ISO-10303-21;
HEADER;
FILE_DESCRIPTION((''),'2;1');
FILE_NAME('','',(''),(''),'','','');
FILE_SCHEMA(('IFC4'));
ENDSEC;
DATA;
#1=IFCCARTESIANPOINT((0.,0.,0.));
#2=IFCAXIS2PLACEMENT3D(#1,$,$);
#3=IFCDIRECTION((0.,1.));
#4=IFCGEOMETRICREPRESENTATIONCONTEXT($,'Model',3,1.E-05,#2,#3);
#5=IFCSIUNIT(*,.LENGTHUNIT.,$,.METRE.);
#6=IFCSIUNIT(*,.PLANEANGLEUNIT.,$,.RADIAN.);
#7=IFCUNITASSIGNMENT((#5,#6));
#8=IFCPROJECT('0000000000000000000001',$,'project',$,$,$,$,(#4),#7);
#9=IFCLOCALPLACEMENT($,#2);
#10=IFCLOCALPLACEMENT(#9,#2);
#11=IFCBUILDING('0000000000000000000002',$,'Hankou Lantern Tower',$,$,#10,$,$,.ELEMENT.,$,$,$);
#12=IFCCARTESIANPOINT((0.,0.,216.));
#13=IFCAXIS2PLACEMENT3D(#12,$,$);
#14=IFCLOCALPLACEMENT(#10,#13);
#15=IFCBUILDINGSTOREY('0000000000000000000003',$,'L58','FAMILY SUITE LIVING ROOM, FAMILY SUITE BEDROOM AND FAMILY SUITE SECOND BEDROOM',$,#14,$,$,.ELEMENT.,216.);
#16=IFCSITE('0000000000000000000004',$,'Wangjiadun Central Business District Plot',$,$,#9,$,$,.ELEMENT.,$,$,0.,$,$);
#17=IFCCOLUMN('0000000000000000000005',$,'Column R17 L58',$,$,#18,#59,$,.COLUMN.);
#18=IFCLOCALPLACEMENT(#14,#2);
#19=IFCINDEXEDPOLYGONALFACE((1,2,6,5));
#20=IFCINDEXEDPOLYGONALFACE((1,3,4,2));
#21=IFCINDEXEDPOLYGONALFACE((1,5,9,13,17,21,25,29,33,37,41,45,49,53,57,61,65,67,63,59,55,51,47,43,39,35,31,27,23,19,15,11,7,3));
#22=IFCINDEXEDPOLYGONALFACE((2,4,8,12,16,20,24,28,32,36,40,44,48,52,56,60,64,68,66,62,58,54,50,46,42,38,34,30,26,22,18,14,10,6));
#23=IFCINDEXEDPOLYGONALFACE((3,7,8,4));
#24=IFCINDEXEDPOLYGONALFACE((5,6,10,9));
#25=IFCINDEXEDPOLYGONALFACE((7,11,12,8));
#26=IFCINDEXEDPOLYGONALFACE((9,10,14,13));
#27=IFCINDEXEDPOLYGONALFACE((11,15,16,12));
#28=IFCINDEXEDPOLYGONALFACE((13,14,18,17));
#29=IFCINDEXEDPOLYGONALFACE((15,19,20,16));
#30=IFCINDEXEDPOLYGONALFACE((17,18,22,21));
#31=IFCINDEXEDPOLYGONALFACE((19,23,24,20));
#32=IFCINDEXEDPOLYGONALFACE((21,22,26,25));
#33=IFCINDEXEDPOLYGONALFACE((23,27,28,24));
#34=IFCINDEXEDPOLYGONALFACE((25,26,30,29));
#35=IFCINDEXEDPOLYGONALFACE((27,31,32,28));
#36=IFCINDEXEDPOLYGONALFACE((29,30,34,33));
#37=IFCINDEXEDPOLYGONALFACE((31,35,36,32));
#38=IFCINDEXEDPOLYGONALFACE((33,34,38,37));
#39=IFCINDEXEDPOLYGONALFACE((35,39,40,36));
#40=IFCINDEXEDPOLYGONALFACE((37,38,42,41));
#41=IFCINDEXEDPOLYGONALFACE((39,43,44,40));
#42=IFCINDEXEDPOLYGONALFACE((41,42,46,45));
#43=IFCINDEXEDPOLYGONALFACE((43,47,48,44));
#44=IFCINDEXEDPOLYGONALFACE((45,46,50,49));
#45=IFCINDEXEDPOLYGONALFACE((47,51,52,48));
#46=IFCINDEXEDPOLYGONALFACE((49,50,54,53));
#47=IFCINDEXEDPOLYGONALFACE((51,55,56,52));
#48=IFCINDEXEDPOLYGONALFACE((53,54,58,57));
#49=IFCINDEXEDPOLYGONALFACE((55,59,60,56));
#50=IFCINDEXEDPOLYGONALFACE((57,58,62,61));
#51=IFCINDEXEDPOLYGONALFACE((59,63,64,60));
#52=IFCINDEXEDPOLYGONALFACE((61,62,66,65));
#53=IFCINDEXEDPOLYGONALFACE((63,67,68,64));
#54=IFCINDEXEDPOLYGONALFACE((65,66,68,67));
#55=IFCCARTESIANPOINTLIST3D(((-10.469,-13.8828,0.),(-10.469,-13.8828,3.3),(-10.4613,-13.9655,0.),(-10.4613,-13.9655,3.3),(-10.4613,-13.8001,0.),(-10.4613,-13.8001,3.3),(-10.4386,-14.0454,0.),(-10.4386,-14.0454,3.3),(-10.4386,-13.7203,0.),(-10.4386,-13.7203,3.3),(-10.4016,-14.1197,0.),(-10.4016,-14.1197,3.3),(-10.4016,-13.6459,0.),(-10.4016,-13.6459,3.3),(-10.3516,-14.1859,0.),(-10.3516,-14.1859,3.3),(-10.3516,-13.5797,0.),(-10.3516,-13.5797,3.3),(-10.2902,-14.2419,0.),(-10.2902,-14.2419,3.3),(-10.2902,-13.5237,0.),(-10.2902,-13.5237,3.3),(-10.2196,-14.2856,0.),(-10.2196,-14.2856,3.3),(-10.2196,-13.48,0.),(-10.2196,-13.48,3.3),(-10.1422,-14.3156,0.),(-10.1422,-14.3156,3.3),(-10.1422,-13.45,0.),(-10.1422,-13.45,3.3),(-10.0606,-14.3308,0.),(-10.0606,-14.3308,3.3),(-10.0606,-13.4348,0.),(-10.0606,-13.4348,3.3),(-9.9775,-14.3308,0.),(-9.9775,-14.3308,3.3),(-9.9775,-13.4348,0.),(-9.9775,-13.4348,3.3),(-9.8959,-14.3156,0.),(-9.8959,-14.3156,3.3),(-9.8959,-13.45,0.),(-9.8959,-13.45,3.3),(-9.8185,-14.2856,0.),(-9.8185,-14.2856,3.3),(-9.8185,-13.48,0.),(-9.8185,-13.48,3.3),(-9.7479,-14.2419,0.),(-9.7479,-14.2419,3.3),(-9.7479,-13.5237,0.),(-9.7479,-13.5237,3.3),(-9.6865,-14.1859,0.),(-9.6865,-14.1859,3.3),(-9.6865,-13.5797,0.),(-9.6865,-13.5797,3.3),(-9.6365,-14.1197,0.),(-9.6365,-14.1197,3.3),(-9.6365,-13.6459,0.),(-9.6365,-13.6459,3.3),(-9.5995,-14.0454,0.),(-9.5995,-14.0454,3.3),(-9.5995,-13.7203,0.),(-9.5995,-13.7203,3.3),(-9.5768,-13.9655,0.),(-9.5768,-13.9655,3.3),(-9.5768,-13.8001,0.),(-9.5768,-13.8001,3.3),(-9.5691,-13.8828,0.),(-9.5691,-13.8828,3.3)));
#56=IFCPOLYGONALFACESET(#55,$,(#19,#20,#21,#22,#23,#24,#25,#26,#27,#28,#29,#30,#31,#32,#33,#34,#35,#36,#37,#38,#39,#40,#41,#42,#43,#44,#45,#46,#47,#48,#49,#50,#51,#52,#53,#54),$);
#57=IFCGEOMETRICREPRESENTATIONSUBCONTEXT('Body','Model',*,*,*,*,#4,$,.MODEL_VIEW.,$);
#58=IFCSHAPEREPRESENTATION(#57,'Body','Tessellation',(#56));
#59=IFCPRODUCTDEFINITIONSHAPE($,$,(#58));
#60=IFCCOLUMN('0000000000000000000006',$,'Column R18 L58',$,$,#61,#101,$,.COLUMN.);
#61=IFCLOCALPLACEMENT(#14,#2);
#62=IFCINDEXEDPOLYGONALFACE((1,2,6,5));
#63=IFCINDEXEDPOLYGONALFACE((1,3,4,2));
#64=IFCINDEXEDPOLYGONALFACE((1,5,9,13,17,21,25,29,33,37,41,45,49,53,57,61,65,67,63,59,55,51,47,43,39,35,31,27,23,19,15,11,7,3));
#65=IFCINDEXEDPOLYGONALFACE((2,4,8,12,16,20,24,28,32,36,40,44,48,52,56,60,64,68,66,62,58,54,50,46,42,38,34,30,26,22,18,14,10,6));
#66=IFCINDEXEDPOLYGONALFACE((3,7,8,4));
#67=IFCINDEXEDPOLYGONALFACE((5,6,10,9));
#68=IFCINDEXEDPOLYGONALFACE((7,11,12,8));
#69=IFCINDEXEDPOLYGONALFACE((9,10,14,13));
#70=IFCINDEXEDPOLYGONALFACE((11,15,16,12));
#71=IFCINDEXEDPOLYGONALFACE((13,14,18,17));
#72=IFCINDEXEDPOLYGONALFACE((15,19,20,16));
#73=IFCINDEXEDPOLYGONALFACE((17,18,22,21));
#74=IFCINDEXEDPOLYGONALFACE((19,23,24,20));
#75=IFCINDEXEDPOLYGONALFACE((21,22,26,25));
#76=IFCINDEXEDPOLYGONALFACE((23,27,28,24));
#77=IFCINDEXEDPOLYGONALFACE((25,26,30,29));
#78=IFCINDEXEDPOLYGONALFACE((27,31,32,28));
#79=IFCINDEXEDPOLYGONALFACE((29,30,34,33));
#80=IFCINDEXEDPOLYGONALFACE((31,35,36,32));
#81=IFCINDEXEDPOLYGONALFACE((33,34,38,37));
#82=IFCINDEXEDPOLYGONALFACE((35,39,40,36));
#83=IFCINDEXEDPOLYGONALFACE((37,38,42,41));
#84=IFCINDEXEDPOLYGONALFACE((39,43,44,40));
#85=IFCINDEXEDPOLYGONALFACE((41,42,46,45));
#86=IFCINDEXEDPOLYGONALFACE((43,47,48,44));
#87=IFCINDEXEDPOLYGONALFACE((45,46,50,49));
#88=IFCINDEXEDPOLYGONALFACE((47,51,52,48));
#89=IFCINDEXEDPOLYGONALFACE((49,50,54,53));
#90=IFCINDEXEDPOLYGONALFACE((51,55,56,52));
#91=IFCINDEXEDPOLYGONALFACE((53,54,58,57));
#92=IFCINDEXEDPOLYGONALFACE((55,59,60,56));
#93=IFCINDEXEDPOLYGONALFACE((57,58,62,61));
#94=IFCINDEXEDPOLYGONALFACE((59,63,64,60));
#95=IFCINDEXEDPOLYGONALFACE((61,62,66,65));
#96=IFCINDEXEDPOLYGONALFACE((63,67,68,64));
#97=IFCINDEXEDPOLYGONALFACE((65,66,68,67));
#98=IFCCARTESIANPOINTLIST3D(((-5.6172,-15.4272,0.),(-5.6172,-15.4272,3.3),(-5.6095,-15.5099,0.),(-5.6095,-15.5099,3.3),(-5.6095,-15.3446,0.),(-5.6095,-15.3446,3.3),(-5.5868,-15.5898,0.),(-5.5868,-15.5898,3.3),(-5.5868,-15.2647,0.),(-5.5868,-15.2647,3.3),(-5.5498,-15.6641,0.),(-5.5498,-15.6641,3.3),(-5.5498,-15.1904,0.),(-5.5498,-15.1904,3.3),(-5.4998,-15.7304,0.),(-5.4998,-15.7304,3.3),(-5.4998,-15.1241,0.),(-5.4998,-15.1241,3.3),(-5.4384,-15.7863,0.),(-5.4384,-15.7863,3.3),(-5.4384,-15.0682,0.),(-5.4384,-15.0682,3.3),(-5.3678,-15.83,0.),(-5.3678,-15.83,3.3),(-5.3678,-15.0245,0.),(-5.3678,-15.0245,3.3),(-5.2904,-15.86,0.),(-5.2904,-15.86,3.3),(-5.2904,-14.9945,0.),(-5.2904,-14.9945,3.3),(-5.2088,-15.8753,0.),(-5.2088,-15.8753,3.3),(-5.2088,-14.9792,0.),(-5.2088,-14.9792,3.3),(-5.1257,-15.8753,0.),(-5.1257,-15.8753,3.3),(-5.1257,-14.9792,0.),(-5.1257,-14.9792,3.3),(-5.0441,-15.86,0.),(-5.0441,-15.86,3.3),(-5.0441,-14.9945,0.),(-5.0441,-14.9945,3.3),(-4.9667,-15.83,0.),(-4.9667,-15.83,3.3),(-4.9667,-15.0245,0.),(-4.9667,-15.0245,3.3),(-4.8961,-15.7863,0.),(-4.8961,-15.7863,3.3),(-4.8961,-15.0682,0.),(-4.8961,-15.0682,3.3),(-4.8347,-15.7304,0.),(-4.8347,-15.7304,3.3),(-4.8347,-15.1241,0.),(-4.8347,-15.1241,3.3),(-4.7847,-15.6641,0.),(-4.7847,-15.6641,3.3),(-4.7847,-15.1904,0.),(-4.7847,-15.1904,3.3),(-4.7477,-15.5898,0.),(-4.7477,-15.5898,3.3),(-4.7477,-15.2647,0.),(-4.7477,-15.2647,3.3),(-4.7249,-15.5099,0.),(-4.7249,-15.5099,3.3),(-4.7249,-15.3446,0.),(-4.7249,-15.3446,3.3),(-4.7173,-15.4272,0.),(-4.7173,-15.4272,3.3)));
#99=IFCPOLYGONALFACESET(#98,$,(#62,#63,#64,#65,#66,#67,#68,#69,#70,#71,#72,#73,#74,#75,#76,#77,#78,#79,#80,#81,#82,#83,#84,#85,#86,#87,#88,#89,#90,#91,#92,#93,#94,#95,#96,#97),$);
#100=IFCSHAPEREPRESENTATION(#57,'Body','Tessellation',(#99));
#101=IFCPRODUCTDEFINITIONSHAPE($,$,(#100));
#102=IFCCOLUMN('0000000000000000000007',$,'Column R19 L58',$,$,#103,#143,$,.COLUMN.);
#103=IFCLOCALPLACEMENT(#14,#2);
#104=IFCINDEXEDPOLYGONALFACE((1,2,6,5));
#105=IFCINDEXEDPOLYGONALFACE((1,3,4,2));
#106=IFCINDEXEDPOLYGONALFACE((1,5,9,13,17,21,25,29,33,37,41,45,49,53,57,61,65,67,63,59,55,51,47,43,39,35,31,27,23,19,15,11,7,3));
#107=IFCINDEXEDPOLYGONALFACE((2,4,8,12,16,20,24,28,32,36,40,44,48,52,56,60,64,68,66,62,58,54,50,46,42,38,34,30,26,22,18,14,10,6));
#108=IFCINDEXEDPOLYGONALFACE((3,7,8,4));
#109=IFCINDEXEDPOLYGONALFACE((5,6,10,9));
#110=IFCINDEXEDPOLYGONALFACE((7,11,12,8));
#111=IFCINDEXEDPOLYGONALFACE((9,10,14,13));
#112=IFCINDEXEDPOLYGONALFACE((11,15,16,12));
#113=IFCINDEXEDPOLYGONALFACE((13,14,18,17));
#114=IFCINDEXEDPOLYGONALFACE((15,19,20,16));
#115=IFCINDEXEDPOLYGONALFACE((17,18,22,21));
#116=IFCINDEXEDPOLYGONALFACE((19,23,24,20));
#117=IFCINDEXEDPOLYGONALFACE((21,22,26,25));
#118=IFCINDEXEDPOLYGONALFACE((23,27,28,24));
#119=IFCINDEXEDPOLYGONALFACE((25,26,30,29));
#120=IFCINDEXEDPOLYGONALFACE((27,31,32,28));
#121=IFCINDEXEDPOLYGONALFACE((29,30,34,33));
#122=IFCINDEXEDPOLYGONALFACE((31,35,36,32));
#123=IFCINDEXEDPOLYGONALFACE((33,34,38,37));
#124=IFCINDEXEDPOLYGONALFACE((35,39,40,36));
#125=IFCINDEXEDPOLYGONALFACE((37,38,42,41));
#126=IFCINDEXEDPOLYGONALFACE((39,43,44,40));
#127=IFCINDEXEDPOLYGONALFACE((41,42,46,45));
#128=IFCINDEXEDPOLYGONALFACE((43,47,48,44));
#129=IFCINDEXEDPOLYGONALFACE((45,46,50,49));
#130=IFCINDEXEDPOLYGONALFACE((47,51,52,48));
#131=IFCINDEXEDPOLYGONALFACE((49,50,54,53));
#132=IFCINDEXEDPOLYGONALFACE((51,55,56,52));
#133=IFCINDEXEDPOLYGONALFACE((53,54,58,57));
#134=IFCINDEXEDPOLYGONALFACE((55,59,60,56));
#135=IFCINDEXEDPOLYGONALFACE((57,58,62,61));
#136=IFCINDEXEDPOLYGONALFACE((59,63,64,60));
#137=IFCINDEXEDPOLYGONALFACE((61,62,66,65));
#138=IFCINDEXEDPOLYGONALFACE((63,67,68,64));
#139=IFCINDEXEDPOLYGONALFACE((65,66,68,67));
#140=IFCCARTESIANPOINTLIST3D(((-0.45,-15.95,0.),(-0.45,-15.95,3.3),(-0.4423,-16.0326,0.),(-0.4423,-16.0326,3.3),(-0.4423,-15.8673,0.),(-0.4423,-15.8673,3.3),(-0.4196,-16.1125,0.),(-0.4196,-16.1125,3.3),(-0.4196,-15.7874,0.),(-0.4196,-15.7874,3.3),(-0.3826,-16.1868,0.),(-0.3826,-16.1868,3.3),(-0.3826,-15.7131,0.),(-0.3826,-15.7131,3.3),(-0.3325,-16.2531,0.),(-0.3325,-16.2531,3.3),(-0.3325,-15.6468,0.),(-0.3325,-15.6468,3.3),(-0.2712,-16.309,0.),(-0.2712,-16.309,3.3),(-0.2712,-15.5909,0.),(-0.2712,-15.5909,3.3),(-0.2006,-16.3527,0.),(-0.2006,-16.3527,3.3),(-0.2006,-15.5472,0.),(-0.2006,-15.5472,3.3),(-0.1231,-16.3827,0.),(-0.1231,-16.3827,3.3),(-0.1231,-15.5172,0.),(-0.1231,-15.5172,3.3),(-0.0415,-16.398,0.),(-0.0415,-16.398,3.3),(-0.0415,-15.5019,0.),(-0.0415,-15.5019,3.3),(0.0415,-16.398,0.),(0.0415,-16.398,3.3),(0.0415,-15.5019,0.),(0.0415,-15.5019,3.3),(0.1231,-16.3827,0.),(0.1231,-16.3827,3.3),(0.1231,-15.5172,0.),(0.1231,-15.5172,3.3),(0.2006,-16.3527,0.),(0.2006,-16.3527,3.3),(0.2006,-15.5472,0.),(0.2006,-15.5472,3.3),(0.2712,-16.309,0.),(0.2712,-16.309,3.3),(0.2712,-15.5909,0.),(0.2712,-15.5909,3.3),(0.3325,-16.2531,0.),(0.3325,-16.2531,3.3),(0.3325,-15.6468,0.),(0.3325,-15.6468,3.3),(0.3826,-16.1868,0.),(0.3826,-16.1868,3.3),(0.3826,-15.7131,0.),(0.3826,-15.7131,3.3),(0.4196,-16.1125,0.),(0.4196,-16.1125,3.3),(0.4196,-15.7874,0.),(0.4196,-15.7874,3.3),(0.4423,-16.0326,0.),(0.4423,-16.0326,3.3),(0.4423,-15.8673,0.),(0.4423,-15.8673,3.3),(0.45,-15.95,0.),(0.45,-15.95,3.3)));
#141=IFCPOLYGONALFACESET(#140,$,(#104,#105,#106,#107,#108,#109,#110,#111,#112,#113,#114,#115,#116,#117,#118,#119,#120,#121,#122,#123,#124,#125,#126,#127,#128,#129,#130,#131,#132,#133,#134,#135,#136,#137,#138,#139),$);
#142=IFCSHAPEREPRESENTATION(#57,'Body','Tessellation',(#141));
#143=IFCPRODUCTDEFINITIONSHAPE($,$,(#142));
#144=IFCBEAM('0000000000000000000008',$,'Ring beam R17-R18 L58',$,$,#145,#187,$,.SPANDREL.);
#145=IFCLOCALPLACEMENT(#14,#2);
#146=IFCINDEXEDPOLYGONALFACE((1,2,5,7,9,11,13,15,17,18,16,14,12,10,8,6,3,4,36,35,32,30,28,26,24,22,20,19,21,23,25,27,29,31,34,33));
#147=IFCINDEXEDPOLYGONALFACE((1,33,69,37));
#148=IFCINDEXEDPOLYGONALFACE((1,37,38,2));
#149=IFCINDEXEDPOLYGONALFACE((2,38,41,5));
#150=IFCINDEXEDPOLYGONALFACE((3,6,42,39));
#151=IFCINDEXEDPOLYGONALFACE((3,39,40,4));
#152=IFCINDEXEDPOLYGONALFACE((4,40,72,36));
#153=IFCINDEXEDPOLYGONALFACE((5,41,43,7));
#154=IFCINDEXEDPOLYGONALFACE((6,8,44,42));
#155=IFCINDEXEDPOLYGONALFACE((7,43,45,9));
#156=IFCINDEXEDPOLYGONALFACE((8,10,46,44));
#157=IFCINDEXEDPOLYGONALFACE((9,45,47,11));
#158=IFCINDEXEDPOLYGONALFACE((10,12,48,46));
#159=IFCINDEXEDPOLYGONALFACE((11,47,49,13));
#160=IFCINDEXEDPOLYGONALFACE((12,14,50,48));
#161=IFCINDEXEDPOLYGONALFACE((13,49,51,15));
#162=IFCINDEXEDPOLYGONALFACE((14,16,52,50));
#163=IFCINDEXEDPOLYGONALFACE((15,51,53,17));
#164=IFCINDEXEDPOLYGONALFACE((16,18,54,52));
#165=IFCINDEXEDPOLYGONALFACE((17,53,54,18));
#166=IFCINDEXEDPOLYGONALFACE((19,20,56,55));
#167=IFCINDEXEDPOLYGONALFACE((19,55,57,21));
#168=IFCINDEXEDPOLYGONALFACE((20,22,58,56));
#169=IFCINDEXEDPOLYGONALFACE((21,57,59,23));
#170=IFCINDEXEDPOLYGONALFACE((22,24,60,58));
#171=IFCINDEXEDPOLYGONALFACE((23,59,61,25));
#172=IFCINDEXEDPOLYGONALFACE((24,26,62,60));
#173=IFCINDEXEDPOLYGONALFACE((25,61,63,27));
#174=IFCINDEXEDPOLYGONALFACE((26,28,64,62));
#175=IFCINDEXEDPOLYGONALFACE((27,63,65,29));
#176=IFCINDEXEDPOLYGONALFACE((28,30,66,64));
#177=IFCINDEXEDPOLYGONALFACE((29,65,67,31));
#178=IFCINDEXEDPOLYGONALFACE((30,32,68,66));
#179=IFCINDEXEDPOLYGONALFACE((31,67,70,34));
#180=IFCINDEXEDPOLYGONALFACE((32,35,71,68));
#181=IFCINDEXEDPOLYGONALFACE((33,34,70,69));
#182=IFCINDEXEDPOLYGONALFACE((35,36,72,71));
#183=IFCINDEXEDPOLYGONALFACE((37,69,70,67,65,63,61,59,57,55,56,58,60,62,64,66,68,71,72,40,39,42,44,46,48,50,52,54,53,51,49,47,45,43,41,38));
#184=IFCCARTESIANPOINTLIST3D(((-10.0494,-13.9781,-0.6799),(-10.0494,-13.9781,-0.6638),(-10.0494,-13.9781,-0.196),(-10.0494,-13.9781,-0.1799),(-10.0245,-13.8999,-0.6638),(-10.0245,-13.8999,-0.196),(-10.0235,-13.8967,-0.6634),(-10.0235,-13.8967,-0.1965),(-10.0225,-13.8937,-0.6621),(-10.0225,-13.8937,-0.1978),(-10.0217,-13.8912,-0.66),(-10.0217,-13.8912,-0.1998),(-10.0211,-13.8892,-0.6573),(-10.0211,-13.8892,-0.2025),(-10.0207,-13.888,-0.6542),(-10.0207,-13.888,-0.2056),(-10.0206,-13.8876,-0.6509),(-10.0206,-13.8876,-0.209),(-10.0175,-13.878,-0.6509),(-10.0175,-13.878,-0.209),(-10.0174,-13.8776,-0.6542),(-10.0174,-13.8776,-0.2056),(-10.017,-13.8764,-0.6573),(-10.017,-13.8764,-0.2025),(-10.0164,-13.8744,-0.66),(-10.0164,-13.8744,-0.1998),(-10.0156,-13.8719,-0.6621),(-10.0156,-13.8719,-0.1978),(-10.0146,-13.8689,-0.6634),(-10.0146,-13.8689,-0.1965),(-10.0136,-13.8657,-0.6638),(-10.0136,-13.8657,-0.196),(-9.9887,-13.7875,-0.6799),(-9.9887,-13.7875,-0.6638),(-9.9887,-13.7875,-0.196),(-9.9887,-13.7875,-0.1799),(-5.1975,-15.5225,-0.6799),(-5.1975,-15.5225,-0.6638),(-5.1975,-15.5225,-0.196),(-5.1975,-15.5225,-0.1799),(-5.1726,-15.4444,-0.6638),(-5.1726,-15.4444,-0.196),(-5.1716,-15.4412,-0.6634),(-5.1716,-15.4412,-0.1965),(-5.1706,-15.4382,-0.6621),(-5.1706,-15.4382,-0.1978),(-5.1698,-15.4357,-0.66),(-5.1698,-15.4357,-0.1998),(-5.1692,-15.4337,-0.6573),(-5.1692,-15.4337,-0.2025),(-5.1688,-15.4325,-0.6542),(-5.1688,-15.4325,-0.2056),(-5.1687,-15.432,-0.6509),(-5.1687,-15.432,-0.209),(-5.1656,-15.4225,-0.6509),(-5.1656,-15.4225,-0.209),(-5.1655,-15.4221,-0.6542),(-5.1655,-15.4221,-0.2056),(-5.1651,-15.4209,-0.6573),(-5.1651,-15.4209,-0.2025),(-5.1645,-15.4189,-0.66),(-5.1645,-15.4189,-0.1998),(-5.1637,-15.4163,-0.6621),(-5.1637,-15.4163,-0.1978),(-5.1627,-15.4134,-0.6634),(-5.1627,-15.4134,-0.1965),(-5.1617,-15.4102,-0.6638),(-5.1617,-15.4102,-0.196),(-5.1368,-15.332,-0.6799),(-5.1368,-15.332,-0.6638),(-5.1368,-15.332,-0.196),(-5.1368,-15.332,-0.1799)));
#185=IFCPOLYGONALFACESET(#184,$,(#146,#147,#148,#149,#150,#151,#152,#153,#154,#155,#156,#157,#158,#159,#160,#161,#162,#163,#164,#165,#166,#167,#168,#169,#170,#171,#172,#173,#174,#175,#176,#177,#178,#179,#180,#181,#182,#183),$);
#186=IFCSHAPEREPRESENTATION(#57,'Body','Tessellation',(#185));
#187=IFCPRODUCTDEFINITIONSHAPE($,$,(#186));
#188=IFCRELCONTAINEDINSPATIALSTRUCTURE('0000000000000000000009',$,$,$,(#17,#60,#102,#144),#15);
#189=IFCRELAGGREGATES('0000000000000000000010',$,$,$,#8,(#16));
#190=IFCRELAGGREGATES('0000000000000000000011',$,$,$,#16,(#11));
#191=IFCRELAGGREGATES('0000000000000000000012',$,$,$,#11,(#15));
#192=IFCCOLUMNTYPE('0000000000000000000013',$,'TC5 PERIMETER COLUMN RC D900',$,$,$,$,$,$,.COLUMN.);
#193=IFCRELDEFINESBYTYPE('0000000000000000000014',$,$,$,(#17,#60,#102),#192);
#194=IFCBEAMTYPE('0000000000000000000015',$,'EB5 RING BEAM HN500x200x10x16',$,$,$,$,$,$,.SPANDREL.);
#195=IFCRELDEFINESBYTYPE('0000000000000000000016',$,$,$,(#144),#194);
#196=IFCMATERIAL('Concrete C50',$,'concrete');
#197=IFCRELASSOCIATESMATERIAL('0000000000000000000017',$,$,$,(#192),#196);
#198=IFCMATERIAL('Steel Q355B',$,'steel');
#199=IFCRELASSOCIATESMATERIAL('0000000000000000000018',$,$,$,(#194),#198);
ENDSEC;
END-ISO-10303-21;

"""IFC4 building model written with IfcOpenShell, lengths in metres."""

from ifc_helpers import new_model, si_unit, direction, frame, origin, origin_2d, place, context, subcontext, project, spatial, circle, i_section, extrude, material, material_profile, profile_set, type_object, element, save


model = new_model("IFC4")

# Units and contexts
model_context = context("Model", 3, precision=1e-05, world=origin(), true_north=direction((0.0, 1.0)))
body_context = subcontext(model_context, "Body", "Model", "MODEL_VIEW")
ifc_project = project(units=[si_unit("LENGTHUNIT", "METRE"), si_unit("PLANEANGLEUNIT", "RADIAN")], contexts=[model_context])

# Site, building, storey
site_placement = place(None, origin())
site = spatial("IfcSite", under=ifc_project, at=site_placement, Name="Wangjiadun Central Business District Plot", CompositionType="ELEMENT", RefElevation=0.0)
building_placement = place(site_placement, origin())
building = spatial("IfcBuilding", under=site, at=building_placement, Name="Hankou Lantern Tower", CompositionType="ELEMENT")
storey_placement = place(building_placement, frame((0.0, 0.0, 216.0)))
storey = spatial("IfcBuildingStorey", under=building, at=storey_placement, Name="L58", Description="FAMILY SUITE LIVING ROOM, FAMILY SUITE BEDROOM AND FAMILY SUITE SECOND BEDROOM", CompositionType="ELEMENT", Elevation=216.0)

# Columns
ifc_material_1 = material(Name="Concrete C50", Category="concrete")
ifc_material_profile_1 = material_profile(ifc_material_1, circle(Radius=0.45, at=origin_2d()), Name="RC D900")
ifc_profile_set_1 = profile_set([ifc_material_profile_1], Name="Concrete C50")
column_type = type_object("IfcColumnType", Name="TC5 PERIMETER COLUMN RC D900", PredefinedType="COLUMN", material=ifc_profile_set_1)
for number, where, z_axis, x_axis, name in (
    (1, (-10.019, -13.8828, 0.0), (0.0, 0.0, 1.0), (1.0, 0.0, 0.0), "Column R17 L58"),
    (2, (-5.1672, -15.4272, 0.0), (0.0, 0.0, 1.0), (1.0, 0.0, 0.0), "Column R18 L58"),
    (3, (0.0, -15.95, 0.0), (0.0, 0.0, 1.0), (1.0, 0.0, 0.0), "Column R19 L58"),
):
    element("IfcColumn", number, at=place(storey_placement, frame(where, z_axis=z_axis, x_axis=x_axis)), inside=storey, type_object=column_type, Name=name, PredefinedType="COLUMN", context=body_context, shape_type="SweptSolid", body=[
        extrude(circle(Radius=0.45, at=origin_2d()), origin(), (0.0, 0.0, 1.0), 3.3),
    ])

# Beam
ifc_material_2 = material(Name="Steel Q355B", Category="steel")
ifc_material_profile_2 = material_profile(ifc_material_2, i_section(OverallWidth=0.2, OverallDepth=0.5, WebThickness=0.01, FlangeThickness=0.0161, FilletRadius=0.0129, at=origin_2d()), Name="HN500x200x10x16")
ifc_profile_set_2 = profile_set([ifc_material_profile_2], Name="Steel Q355B")
beam_type_1 = type_object("IfcBeamType", Name="EB5 RING BEAM HN500x200x10x16", PredefinedType="SPANDREL", material=ifc_profile_set_2)
beam_1_placement = place(storey_placement, frame((-10.019, -13.8828, -0.4299), z_axis=(0.952887, -0.303324, 0.0), x_axis=(0.303324, 0.952887, 0.0)))
element("IfcBeam", 4, at=beam_1_placement, inside=storey, type_object=beam_type_1, Name="Ring beam R17-R18 L58", PredefinedType="SPANDREL", context=body_context, shape_type="SweptSolid", body=[
    extrude(i_section(OverallWidth=0.2, OverallDepth=0.5, WebThickness=0.01, FlangeThickness=0.0161, FilletRadius=0.0129, at=origin_2d()), origin(), (0.0, 0.0, 1.0), 5.0918),
])

save(model, "model.ifc")
